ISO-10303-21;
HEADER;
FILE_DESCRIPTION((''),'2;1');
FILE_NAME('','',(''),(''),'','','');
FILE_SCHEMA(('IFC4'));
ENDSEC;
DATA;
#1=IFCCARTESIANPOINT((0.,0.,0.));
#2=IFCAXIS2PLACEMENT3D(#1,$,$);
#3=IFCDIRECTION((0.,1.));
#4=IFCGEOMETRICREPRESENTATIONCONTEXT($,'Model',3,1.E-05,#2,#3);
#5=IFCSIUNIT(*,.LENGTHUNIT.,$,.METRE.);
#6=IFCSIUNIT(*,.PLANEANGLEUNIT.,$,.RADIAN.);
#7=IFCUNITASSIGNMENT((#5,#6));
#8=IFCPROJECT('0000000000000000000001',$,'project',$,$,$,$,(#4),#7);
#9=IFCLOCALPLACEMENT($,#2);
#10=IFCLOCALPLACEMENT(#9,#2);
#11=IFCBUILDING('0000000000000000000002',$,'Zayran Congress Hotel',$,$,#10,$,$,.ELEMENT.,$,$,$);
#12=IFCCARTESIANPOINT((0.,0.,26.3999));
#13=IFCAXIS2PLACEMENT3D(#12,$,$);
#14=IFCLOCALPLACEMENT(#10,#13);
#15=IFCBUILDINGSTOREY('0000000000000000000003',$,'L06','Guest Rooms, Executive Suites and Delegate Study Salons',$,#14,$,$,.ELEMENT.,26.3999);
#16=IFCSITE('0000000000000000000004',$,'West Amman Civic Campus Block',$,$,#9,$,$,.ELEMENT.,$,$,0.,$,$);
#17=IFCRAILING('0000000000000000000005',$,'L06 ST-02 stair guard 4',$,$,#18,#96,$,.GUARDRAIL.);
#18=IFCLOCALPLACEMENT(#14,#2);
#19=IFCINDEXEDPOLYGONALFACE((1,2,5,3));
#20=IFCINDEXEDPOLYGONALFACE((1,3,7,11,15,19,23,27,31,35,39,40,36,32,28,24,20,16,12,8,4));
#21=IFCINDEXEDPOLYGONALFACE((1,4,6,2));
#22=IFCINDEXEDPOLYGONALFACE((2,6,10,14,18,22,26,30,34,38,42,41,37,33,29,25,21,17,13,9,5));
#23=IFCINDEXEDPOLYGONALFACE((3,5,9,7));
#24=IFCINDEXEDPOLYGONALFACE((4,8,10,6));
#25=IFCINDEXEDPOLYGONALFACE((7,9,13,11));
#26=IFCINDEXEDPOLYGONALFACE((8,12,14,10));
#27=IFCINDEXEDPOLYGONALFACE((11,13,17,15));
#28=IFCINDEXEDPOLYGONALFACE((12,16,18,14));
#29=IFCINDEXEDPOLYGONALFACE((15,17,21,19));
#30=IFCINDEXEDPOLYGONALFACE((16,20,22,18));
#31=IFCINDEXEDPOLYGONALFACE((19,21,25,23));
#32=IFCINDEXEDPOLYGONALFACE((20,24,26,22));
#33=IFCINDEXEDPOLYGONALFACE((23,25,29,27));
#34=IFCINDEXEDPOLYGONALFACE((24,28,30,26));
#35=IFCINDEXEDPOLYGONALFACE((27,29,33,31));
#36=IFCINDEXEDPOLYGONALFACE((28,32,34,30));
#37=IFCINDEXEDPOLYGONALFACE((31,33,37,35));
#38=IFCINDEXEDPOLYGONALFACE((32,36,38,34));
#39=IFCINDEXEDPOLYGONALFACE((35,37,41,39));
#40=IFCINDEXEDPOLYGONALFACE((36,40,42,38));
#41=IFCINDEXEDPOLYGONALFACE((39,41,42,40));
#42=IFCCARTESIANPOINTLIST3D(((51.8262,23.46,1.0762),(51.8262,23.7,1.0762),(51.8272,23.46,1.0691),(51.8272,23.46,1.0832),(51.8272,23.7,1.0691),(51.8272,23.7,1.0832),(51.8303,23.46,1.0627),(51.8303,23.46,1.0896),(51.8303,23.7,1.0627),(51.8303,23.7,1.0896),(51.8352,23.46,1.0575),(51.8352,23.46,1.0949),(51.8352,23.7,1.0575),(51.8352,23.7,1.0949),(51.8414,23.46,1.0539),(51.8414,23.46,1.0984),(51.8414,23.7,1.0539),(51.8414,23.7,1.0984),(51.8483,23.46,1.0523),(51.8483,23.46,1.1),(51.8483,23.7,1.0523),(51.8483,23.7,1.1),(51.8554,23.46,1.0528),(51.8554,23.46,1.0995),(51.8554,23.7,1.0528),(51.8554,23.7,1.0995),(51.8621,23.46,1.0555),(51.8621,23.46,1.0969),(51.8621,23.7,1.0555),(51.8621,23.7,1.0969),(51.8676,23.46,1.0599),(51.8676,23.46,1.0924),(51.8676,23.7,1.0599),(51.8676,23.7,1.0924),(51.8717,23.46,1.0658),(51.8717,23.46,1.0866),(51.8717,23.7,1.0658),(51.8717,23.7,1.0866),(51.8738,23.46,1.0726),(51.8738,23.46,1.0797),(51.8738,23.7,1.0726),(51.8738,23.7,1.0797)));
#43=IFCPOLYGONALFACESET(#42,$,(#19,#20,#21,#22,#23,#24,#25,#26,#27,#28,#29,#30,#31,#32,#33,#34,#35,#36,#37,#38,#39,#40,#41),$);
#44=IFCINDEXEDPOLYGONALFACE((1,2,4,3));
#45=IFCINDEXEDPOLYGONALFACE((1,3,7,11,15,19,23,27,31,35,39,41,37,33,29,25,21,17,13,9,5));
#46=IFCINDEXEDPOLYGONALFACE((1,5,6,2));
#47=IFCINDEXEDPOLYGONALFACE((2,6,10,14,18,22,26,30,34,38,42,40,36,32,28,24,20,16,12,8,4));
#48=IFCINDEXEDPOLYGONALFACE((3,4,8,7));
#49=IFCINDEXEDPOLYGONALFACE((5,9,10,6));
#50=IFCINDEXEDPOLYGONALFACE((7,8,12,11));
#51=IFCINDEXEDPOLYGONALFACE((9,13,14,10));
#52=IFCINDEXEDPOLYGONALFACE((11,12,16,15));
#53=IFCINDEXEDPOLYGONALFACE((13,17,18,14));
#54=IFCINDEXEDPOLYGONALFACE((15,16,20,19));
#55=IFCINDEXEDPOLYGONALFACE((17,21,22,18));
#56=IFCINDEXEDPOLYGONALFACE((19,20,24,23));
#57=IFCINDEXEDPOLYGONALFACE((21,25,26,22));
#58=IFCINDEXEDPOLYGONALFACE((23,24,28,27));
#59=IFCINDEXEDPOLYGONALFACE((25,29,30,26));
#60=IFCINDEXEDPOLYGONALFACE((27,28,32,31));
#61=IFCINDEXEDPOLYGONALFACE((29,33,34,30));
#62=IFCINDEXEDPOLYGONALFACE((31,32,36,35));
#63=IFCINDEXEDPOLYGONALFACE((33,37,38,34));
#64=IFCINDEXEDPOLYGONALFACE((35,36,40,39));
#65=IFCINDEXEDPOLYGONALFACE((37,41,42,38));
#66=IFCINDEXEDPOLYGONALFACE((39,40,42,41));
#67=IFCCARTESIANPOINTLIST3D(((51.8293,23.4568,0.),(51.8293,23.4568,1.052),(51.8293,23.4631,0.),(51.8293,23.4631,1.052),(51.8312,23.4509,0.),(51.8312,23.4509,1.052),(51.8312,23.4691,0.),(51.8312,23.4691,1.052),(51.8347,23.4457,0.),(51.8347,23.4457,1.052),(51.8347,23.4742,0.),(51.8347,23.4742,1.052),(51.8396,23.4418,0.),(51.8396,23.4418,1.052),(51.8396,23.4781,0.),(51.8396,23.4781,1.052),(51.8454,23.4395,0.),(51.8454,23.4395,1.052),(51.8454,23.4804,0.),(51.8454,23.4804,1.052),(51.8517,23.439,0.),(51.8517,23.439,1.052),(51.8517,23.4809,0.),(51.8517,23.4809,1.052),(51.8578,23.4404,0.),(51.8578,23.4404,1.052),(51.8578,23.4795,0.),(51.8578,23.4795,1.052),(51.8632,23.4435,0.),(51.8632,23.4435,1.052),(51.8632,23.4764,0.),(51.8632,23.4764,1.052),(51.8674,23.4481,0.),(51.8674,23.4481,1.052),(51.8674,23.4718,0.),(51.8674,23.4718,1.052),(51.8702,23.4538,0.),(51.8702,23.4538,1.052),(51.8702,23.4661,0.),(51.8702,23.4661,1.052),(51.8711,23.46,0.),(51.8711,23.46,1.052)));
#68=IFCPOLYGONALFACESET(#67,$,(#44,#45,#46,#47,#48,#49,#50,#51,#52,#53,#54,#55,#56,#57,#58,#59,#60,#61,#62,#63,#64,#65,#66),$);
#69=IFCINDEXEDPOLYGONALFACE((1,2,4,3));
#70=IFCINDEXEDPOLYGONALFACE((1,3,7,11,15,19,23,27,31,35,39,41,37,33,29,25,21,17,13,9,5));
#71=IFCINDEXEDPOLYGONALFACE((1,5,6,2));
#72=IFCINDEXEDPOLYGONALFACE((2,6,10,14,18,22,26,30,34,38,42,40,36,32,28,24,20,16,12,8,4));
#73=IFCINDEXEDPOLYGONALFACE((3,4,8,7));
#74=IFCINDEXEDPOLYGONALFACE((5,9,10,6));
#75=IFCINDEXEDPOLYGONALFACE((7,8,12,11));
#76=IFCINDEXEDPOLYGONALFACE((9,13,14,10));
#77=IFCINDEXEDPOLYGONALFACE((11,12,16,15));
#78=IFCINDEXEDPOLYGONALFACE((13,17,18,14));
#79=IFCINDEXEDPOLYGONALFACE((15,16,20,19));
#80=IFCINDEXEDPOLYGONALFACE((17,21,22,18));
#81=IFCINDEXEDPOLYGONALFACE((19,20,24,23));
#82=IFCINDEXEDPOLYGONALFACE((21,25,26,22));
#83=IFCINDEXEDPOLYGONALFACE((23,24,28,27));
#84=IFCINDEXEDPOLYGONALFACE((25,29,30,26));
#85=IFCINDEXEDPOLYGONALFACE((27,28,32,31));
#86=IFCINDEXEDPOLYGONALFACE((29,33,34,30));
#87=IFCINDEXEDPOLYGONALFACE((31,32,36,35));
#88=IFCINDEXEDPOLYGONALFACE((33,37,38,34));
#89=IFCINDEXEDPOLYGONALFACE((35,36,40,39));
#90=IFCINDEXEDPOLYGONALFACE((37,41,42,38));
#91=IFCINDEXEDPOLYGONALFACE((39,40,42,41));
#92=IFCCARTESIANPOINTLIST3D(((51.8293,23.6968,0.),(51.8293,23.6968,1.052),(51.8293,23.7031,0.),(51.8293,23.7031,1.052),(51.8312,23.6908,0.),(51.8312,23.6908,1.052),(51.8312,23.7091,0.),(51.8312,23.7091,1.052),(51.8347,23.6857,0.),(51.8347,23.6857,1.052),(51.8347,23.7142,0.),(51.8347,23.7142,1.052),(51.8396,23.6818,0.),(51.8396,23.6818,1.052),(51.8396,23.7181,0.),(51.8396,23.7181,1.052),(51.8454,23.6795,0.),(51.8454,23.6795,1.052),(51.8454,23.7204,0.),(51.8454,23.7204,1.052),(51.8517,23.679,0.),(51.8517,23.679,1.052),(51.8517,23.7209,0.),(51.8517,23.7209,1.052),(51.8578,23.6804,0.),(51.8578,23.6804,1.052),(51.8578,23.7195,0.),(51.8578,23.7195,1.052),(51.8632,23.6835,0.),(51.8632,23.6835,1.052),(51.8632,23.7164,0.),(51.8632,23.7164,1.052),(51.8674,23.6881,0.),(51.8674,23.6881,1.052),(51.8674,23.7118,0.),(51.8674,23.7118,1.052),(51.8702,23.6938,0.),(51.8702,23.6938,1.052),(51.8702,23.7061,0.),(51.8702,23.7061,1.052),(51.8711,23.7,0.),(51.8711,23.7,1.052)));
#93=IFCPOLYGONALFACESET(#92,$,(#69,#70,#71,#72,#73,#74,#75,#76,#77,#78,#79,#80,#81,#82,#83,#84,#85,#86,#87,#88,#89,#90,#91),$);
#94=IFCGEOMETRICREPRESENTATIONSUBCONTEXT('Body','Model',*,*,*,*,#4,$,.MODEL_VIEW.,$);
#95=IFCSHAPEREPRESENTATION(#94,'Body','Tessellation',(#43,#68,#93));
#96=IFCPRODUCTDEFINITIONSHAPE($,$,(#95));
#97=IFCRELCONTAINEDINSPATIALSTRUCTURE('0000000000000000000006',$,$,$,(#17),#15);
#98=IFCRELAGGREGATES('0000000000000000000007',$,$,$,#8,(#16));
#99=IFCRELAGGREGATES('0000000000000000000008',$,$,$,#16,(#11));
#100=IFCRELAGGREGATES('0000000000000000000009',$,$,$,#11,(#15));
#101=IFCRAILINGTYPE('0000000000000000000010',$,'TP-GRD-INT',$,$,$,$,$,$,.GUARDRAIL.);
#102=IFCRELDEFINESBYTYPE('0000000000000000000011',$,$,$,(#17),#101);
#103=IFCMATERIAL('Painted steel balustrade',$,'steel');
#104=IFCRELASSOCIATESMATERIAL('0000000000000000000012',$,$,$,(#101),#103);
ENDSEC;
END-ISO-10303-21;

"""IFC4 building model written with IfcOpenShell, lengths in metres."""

from ifc_helpers import new_model, si_unit, direction, frame, origin, origin_2d, place, context, subcontext, project, spatial, circle, extrude, material, type_object, element, save


model = new_model("IFC4")

# Units and contexts
model_context = context("Model", 3, precision=1e-05, world=origin(), true_north=direction((0.0, 1.0)))
body_context = subcontext(model_context, "Body", "Model", "MODEL_VIEW")
ifc_project = project(units=[si_unit("LENGTHUNIT", "METRE"), si_unit("PLANEANGLEUNIT", "RADIAN")], contexts=[model_context])

# Site, building, storey
site_placement = place(None, origin())
site = spatial("IfcSite", under=ifc_project, at=site_placement, Name="West Amman Civic Campus Block", CompositionType="ELEMENT", RefElevation=0.0)
building_placement = place(site_placement, origin())
building = spatial("IfcBuilding", under=site, at=building_placement, Name="Zayran Congress Hotel", CompositionType="ELEMENT")
storey_placement = place(building_placement, frame((0.0, 0.0, 26.3999)))
storey = spatial("IfcBuildingStorey", under=building, at=storey_placement, Name="L06", Description="Guest Rooms, Executive Suites and Delegate Study Salons", CompositionType="ELEMENT", Elevation=26.3999)

# Railing
ifc_material_1 = material(Name="Painted steel balustrade", Category="steel")
railing_type_1 = type_object("IfcRailingType", Name="TP-GRD-INT", PredefinedType="GUARDRAIL", material=ifc_material_1)
railing_1_placement = place(storey_placement, frame((51.8501, 23.46, 0.0)))
element("IfcRailing", 1, at=railing_1_placement, inside=storey, type_object=railing_type_1, Name="L06 ST-02 stair guard 4", PredefinedType="GUARDRAIL", context=body_context, shape_type="SweptSolid", body=[
    extrude(circle(Radius=0.0239, at=origin_2d()), frame((0.0, 0.0, 1.0762), z_axis=(0.0, 1.0, 0.0), x_axis=(-1.0, 0.0, 0.0)), (0.0, 0.0, 1.0), 0.24),
    extrude(circle(Radius=0.021, at=origin_2d()), origin(), (0.0, 0.0, 1.0), 1.052),
    extrude(circle(Radius=0.021, at=origin_2d()), frame((0.0, 0.24, 0.0)), (0.0, 0.0, 1.0), 1.052),
])

save(model, "model.ifc")
